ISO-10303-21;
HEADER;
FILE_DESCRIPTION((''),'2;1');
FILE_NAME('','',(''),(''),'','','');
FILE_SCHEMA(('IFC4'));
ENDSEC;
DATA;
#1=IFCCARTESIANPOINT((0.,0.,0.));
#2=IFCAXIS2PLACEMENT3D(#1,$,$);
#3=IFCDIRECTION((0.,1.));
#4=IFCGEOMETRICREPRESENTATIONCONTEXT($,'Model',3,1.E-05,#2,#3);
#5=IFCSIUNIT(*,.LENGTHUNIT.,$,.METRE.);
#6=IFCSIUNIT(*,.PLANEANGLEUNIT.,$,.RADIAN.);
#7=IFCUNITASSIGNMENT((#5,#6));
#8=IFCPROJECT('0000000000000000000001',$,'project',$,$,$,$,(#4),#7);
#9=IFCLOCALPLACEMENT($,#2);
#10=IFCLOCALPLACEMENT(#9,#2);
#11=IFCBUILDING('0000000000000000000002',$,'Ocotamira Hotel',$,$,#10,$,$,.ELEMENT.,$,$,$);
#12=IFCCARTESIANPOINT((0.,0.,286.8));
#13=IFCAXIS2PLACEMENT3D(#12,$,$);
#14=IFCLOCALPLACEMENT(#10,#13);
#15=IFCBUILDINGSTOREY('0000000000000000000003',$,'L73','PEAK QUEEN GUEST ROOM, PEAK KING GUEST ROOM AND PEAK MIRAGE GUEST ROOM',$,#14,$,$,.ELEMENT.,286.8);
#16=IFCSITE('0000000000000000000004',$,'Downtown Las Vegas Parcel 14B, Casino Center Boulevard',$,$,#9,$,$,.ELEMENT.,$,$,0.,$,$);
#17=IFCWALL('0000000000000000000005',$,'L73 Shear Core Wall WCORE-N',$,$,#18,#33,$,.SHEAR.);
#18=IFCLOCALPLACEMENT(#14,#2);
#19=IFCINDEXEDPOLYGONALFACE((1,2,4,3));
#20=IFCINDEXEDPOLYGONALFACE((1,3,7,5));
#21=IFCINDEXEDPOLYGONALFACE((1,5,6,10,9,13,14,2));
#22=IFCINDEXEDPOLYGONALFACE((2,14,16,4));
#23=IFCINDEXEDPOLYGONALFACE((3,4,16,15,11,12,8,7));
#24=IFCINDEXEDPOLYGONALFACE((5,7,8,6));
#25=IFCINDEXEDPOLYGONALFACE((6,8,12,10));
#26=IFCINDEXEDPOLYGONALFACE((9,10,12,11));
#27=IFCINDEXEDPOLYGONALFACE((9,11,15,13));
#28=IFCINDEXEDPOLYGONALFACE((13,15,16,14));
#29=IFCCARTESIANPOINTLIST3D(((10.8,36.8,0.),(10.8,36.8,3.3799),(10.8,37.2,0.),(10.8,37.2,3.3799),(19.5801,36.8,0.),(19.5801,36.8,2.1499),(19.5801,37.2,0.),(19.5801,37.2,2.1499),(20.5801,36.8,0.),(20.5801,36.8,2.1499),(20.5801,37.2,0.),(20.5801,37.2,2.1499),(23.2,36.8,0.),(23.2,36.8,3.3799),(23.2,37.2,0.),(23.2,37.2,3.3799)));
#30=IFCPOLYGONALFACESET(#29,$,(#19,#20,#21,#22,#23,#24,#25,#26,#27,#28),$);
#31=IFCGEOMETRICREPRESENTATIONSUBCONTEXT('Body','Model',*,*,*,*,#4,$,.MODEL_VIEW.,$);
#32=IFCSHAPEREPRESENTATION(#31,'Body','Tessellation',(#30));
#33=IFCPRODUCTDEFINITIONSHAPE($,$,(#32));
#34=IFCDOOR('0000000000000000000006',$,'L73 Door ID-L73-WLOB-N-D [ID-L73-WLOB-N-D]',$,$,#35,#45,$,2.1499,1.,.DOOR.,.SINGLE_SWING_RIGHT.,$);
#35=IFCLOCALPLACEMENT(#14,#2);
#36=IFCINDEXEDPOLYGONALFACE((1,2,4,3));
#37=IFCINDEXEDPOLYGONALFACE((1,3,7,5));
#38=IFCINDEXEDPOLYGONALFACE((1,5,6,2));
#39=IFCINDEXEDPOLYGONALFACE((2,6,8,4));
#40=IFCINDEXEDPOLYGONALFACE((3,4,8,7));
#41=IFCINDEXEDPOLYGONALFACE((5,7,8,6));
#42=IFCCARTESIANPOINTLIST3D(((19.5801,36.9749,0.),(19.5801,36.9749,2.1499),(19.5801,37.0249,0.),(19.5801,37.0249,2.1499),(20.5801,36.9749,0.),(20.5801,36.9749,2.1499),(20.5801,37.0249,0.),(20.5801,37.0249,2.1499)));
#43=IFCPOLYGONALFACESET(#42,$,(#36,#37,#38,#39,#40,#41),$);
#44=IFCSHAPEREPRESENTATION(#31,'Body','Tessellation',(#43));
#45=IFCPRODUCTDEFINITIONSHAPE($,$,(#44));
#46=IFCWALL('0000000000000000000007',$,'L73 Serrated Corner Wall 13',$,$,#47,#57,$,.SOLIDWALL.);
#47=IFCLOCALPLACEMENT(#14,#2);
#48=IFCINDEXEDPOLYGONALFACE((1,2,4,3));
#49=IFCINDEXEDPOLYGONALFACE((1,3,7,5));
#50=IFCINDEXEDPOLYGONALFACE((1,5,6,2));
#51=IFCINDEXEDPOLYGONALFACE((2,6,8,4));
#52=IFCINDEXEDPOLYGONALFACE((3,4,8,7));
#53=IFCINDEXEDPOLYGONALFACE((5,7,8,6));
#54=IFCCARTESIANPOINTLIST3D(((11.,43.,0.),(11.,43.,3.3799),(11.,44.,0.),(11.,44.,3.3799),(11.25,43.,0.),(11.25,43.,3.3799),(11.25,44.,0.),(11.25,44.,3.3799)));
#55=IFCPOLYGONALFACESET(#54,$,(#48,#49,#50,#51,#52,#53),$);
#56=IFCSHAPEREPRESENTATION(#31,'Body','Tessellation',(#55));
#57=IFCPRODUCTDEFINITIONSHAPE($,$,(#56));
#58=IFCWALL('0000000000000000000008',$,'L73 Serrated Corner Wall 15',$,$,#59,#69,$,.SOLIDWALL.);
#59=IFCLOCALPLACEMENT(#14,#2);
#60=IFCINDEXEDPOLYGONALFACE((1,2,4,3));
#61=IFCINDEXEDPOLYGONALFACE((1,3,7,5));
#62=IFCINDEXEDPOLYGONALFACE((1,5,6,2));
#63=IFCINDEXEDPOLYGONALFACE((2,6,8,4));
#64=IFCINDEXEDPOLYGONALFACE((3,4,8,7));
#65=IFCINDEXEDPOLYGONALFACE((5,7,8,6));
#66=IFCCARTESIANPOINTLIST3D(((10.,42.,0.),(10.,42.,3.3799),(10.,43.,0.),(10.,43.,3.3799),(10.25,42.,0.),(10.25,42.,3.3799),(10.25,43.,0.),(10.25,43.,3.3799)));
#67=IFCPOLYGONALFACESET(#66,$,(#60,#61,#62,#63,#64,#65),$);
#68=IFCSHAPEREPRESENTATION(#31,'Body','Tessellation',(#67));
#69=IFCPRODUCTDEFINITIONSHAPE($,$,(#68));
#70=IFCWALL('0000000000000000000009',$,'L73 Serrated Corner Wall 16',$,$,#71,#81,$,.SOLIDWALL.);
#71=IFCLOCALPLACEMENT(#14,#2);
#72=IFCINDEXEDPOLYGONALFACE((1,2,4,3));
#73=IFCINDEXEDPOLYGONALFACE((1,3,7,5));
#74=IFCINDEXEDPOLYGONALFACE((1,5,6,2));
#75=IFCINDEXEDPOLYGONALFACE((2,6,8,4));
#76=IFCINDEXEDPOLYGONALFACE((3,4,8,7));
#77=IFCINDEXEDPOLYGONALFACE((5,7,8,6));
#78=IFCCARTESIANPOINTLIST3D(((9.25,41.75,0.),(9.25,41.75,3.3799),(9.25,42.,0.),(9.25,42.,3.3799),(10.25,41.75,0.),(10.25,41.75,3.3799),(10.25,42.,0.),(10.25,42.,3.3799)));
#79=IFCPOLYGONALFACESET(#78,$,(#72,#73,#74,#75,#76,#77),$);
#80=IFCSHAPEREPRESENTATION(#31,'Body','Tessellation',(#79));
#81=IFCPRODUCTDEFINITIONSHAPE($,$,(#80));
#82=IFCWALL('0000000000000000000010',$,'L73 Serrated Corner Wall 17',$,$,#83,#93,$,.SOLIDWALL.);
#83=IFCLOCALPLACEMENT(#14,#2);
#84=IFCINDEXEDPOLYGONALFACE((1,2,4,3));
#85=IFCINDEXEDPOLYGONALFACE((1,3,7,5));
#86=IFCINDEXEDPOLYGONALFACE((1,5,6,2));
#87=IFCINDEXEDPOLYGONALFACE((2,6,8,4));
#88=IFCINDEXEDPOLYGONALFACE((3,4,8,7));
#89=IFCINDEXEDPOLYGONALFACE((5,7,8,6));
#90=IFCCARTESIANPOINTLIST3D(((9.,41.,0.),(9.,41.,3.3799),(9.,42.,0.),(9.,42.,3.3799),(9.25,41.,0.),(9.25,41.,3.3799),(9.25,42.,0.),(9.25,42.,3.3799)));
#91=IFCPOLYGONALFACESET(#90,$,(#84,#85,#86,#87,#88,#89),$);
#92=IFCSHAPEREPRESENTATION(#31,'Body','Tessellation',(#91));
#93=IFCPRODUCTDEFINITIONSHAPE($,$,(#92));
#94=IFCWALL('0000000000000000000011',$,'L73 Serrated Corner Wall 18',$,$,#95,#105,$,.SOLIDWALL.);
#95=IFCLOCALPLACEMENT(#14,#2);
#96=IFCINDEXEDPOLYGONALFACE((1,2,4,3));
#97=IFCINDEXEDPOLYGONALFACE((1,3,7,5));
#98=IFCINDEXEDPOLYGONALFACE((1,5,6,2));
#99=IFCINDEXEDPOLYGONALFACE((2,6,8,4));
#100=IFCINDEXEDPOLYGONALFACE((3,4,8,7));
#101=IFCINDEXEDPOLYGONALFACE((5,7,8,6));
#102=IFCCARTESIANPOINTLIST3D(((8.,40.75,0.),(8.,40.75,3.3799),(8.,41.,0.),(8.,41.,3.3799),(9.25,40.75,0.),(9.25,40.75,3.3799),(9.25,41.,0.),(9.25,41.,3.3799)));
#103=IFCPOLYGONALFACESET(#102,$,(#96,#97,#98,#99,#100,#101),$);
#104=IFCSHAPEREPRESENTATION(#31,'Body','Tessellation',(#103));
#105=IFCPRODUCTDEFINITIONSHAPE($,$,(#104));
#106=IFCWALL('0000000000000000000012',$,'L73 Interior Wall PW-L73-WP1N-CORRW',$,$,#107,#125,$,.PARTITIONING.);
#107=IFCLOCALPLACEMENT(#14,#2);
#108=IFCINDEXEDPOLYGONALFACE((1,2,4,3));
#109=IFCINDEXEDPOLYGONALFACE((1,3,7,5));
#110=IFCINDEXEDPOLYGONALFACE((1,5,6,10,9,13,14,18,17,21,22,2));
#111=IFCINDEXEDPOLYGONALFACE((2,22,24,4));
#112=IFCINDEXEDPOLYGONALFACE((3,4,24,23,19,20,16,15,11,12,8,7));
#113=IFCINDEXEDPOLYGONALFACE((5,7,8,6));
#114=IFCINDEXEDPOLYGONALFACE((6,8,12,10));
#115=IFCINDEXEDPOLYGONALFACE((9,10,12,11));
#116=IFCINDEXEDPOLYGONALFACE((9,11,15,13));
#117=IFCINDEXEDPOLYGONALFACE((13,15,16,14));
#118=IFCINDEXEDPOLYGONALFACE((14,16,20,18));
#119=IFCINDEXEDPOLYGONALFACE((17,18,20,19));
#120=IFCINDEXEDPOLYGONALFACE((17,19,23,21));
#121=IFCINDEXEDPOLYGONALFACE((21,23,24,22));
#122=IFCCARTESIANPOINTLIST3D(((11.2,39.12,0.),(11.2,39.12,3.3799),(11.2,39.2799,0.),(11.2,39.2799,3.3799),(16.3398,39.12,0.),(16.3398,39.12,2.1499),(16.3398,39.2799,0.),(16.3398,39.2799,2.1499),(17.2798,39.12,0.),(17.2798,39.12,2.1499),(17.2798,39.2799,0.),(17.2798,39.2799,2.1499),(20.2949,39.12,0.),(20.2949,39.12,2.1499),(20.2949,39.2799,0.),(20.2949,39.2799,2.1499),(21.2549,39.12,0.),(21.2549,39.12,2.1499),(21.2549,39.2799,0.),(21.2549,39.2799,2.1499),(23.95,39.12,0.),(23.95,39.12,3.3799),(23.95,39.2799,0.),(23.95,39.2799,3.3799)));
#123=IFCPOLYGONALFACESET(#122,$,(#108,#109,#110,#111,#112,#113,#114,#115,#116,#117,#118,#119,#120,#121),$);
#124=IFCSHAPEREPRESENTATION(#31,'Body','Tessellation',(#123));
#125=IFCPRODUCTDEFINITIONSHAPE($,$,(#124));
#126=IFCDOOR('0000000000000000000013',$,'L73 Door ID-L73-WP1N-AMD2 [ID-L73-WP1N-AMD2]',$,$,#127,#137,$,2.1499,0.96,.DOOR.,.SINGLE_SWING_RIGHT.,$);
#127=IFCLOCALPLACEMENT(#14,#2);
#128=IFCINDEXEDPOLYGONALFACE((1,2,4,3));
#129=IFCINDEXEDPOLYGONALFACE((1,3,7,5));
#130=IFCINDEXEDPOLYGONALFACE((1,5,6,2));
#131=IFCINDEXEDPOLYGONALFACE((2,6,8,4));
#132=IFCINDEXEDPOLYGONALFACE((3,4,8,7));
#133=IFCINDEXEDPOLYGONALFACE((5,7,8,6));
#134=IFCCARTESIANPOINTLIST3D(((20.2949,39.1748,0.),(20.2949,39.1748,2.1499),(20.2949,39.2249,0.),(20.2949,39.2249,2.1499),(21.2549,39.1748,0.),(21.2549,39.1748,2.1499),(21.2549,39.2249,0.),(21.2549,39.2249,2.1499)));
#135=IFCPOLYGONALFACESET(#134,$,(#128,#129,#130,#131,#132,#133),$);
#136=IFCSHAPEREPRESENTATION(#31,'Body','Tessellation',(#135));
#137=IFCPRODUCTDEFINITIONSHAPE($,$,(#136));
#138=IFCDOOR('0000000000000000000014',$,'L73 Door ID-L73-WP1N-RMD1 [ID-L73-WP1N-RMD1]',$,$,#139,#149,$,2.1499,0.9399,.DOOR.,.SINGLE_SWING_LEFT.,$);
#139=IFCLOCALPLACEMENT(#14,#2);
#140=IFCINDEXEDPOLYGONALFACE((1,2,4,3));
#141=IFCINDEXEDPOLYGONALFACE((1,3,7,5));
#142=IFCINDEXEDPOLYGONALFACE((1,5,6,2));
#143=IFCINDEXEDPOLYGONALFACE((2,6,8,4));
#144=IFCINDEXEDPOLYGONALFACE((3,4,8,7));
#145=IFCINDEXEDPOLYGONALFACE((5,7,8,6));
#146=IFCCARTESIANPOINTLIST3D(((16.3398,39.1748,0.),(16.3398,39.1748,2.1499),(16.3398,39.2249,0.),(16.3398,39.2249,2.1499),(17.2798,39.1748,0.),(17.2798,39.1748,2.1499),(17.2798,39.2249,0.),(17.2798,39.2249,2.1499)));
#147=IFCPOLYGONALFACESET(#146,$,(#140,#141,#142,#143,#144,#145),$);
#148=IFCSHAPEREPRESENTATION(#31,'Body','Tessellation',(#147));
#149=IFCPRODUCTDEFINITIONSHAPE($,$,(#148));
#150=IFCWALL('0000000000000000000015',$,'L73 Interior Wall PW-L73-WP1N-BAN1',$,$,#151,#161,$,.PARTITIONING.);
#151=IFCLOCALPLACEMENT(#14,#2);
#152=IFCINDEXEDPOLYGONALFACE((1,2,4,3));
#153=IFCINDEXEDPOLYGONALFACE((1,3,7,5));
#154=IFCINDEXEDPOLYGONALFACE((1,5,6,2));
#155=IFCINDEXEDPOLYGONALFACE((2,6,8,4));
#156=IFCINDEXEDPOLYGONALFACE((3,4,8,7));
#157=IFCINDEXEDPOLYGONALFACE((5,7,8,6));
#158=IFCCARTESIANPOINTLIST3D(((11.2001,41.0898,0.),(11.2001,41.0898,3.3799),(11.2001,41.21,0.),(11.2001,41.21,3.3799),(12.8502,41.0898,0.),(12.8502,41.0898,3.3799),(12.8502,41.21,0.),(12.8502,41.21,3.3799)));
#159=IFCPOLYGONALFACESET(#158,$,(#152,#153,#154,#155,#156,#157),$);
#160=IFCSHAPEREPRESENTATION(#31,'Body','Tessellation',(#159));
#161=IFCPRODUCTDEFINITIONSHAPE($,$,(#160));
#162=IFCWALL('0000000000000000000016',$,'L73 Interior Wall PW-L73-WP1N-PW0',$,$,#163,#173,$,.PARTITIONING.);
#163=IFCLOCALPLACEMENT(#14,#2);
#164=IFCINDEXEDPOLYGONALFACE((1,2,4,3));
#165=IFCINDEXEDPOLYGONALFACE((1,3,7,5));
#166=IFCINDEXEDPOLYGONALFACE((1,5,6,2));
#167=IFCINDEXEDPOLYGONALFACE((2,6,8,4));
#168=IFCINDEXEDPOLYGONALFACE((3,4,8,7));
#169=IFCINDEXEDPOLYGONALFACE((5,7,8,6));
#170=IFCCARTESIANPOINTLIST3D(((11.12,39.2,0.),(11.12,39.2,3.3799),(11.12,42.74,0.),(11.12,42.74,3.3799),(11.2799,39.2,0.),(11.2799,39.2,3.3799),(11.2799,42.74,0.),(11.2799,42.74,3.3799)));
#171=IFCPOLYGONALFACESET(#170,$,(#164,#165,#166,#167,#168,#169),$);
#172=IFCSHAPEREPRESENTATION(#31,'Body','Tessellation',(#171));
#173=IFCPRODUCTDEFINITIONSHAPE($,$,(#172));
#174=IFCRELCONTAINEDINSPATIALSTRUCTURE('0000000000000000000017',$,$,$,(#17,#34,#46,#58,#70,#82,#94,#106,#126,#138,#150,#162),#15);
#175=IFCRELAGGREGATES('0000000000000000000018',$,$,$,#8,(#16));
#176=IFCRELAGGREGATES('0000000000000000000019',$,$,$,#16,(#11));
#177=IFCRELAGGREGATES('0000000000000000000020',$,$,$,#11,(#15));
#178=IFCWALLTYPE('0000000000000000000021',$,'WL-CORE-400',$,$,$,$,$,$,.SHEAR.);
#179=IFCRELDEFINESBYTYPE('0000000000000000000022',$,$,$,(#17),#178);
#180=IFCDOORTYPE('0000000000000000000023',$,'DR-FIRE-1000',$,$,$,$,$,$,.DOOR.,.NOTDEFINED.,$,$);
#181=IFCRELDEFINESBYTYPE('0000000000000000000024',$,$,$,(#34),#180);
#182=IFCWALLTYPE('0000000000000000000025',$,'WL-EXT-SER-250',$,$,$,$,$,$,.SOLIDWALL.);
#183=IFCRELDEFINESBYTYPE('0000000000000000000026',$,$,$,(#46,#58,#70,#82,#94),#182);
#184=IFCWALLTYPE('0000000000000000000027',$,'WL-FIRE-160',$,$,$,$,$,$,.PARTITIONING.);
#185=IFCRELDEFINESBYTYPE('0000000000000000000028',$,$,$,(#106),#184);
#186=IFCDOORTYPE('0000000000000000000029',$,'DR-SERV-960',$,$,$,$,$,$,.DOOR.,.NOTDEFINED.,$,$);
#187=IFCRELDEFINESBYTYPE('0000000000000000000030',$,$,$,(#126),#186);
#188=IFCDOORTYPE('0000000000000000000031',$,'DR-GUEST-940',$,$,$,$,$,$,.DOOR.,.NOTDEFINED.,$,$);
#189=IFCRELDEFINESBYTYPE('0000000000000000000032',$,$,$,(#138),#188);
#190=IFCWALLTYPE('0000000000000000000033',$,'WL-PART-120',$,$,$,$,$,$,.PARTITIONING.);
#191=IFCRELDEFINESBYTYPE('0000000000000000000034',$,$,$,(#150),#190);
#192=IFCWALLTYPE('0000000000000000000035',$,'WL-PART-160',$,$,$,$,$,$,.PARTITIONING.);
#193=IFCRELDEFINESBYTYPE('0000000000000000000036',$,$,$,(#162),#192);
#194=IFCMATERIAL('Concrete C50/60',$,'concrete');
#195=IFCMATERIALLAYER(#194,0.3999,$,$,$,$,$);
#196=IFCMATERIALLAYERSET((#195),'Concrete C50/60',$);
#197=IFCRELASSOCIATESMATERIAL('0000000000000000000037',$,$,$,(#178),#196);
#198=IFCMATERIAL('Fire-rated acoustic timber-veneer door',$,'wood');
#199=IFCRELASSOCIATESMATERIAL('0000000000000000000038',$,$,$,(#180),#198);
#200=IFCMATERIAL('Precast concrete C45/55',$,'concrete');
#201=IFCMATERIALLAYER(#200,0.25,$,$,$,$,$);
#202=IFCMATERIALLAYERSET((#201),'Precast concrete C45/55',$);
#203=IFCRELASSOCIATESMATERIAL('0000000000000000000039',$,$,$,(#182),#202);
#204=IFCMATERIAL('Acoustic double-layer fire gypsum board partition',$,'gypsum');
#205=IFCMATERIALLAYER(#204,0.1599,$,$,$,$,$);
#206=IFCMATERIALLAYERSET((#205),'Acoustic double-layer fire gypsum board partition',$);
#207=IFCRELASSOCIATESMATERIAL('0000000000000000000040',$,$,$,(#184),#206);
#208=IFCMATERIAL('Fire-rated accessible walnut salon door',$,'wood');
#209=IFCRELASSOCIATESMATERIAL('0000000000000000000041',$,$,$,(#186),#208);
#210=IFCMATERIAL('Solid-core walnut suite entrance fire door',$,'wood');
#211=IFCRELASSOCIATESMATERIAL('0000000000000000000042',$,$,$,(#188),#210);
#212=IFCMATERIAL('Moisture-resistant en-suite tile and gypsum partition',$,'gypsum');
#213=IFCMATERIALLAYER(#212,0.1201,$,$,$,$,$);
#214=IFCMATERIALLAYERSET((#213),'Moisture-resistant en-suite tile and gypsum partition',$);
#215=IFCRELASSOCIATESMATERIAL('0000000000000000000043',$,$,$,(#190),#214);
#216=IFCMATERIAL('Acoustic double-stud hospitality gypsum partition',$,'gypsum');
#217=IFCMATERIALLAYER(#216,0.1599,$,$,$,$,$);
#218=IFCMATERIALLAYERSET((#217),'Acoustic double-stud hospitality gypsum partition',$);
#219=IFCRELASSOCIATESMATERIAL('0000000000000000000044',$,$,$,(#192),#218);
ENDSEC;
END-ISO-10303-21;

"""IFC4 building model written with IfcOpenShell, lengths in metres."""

from ifc_helpers import new_model, si_unit, direction, frame, frame_2d, origin, place, context, subcontext, project, spatial, rectangle, extrude, source, transform, mapped, material, layer, layer_set, type_object, element, fill, save


model = new_model("IFC4")

# Units and contexts
model_context = context("Model", 3, precision=1e-05, world=origin(), true_north=direction((0.0, 1.0)))
body_context = subcontext(model_context, "Body", "Model", "MODEL_VIEW")
ifc_project = project(units=[si_unit("LENGTHUNIT", "METRE"), si_unit("PLANEANGLEUNIT", "RADIAN")], contexts=[model_context])

# Site, building, storey
site_placement = place(None, origin())
site = spatial("IfcSite", under=ifc_project, at=site_placement, Name="Downtown Las Vegas Parcel 14B, Casino Center Boulevard", CompositionType="ELEMENT", RefElevation=0.0)
building_placement = place(site_placement, origin())
building = spatial("IfcBuilding", under=site, at=building_placement, Name="Ocotamira Hotel", CompositionType="ELEMENT")
storey_placement = place(building_placement, frame((0.0, 0.0, 286.8)))
storey = spatial("IfcBuildingStorey", under=building, at=storey_placement, Name="L73", Description="PEAK QUEEN GUEST ROOM, PEAK KING GUEST ROOM AND PEAK MIRAGE GUEST ROOM", CompositionType="ELEMENT", Elevation=286.8)

# Wall, opening, door
ifc_material_1 = material(Name="Concrete C50/60", Category="concrete")
ifc_layer_1 = layer(ifc_material_1, 0.3999)
ifc_layer_set_1 = layer_set([ifc_layer_1], Name="Concrete C50/60")
wall_type_1 = type_object("IfcWallType", Name="WL-CORE-400", PredefinedType="SHEAR", material=ifc_layer_set_1)
wall_1_placement = place(storey_placement, frame((10.8, 37.0, 0.0), z_axis=(0.0, 0.0, 1.0), x_axis=(1.0, 0.0, 0.0)))
wall_1 = element("IfcWall", 1, at=wall_1_placement, inside=storey, type_object=wall_type_1, Name="L73 Shear Core Wall WCORE-N", PredefinedType="SHEAR", context=body_context, shape_type="SweptSolid", body=[
    extrude(rectangle(XDim=12.3999, YDim=0.3999, at=frame_2d((6.2, 0.0))), origin(), (0.0, 0.0, 1.0), 3.3799),
])
opening_1_placement = place(wall_1_placement, frame((8.78, 0.0, 0.0)))
opening_1 = element("IfcOpeningElement", 2, at=opening_1_placement, cuts=wall_1, PredefinedType="OPENING", context=body_context, shape_type="SweptSolid", body=[
    extrude(rectangle(XDim=1.0, YDim=2.1499, at=frame_2d((0.5, 1.075))), frame((0.0, 0.21, 0.0), z_axis=(0.0, -1.0, 0.0), x_axis=(1.0, 0.0, 0.0)), (0.0, 0.0, 1.0), 0.4199),
])
ifc_material_2 = material(Name="Fire-rated acoustic timber-veneer door", Category="wood")
door_type_1 = type_object("IfcDoorType", Name="DR-FIRE-1000", OperationType="NOTDEFINED", PredefinedType="DOOR", material=ifc_material_2)
shared_shape_1 = source(origin(), body_context, "Body", "SweptSolid", [
    extrude(rectangle(XDim=1.0, YDim=2.1499, at=frame_2d((0.5, 1.075))), frame((0.0, 0.0249, 0.0), z_axis=(0.0, -1.0, 0.0), x_axis=(1.0, 0.0, 0.0)), (0.0, 0.0, 1.0), 0.05),
])
door_1_placement = place(opening_1_placement, origin())
door_1 = element("IfcDoor", 3, at=door_1_placement, inside=storey, type_object=door_type_1, Name="L73 Door ID-L73-WLOB-N-D [ID-L73-WLOB-N-D]", OperationType="SINGLE_SWING_RIGHT", OverallHeight=2.1499, OverallWidth=1.0, PredefinedType="DOOR", context=body_context, shape_type="MappedRepresentation", body=[
    mapped(shared_shape_1, transform((0.0, 0.0, 0.0), scale=1.0)),
])
fill(opening_1, door_1)

# Walls
ifc_material_3 = material(Name="Precast concrete C45/55", Category="concrete")
ifc_layer_2 = layer(ifc_material_3, 0.25)
ifc_layer_set_2 = layer_set([ifc_layer_2], Name="Precast concrete C45/55")
wall_type_2 = type_object("IfcWallType", Name="WL-EXT-SER-250", PredefinedType="SOLIDWALL", material=ifc_layer_set_2)
for number, where, z_axis, x_axis, name in (
    (4, (11.125, 44.0, 0.0), (0.0, 0.0, 1.0), (0.0, -1.0, 0.0), "L73 Serrated Corner Wall 13"),
    (5, (10.125, 43.0, 0.0), (0.0, 0.0, 1.0), (0.0, -1.0, 0.0), "L73 Serrated Corner Wall 15"),
    (6, (10.25, 41.875, 0.0), (0.0, 0.0, 1.0), (-1.0, 0.0, 0.0), "L73 Serrated Corner Wall 16"),
    (7, (9.125, 42.0, 0.0), (0.0, 0.0, 1.0), (0.0, -1.0, 0.0), "L73 Serrated Corner Wall 17"),
):
    element("IfcWall", number, at=place(storey_placement, frame(where, z_axis=z_axis, x_axis=x_axis)), inside=storey, type_object=wall_type_2, Name=name, PredefinedType="SOLIDWALL", context=body_context, shape_type="SweptSolid", body=[
        extrude(rectangle(XDim=1.0, YDim=0.25, at=frame_2d((0.5, 0.0))), origin(), (0.0, 0.0, 1.0), 3.3799),
    ])
wall_2_placement = place(storey_placement, frame((9.25, 40.875, 0.0), z_axis=(0.0, 0.0, 1.0), x_axis=(-1.0, 0.0, 0.0)))
element("IfcWall", 8, at=wall_2_placement, inside=storey, type_object=wall_type_2, Name="L73 Serrated Corner Wall 18", PredefinedType="SOLIDWALL", context=body_context, shape_type="SweptSolid", body=[
    extrude(rectangle(XDim=1.25, YDim=0.25, at=frame_2d((0.625, 0.0))), origin(), (0.0, 0.0, 1.0), 3.3799),
])

# Wall, openings, doors
ifc_material_4 = material(Name="Acoustic double-layer fire gypsum board partition", Category="gypsum")
ifc_layer_3 = layer(ifc_material_4, 0.1599)
ifc_layer_set_3 = layer_set([ifc_layer_3], Name="Acoustic double-layer fire gypsum board partition")
wall_type_3 = type_object("IfcWallType", Name="WL-FIRE-160", PredefinedType="PARTITIONING", material=ifc_layer_set_3)
wall_3_placement = place(storey_placement, frame((11.2, 39.2, 0.0), z_axis=(0.0, 0.0, 1.0), x_axis=(1.0, 0.0, 0.0)))
wall_3 = element("IfcWall", 9, at=wall_3_placement, inside=storey, type_object=wall_type_3, Name="L73 Interior Wall PW-L73-WP1N-CORRW", PredefinedType="PARTITIONING", context=body_context, shape_type="SweptSolid", body=[
    extrude(rectangle(XDim=12.75, YDim=0.1599, at=frame_2d((6.375, 0.0))), origin(), (0.0, 0.0, 1.0), 3.3799),
])
opening_2_placement = place(wall_3_placement, frame((5.1399, 0.0, 0.0)))
opening_2 = element("IfcOpeningElement", 10, at=opening_2_placement, cuts=wall_3, PredefinedType="OPENING", context=body_context, shape_type="SweptSolid", body=[
    extrude(rectangle(XDim=0.9399, YDim=2.1499, at=frame_2d((0.47, 1.075))), frame((0.0, 0.0898, 0.0), z_axis=(0.0, -1.0, 0.0), x_axis=(1.0, 0.0, 0.0)), (0.0, 0.0, 1.0), 0.1799),
])
opening_3_placement = place(wall_3_placement, frame((9.095, 0.0, 0.0)))
opening_3 = element("IfcOpeningElement", 11, at=opening_3_placement, cuts=wall_3, PredefinedType="OPENING", context=body_context, shape_type="SweptSolid", body=[
    extrude(rectangle(XDim=0.96, YDim=2.1499, at=frame_2d((0.48, 1.075))), frame((0.0, 0.0898, 0.0), z_axis=(0.0, -1.0, 0.0), x_axis=(1.0, 0.0, 0.0)), (0.0, 0.0, 1.0), 0.1799),
])
ifc_material_5 = material(Name="Fire-rated accessible walnut salon door", Category="wood")
door_type_2 = type_object("IfcDoorType", Name="DR-SERV-960", OperationType="NOTDEFINED", PredefinedType="DOOR", material=ifc_material_5)
shared_shape_2 = source(origin(), body_context, "Body", "SweptSolid", [
    extrude(rectangle(XDim=0.96, YDim=2.1499, at=frame_2d((0.48, 1.075))), frame((0.0, 0.0249, 0.0), z_axis=(0.0, -1.0, 0.0), x_axis=(1.0, 0.0, 0.0)), (0.0, 0.0, 1.0), 0.05),
])
door_2_placement = place(opening_3_placement, origin())
door_2 = element("IfcDoor", 12, at=door_2_placement, inside=storey, type_object=door_type_2, Name="L73 Door ID-L73-WP1N-AMD2 [ID-L73-WP1N-AMD2]", OperationType="SINGLE_SWING_RIGHT", OverallHeight=2.1499, OverallWidth=0.96, PredefinedType="DOOR", context=body_context, shape_type="MappedRepresentation", body=[
    mapped(shared_shape_2, transform((0.0, 0.0, 0.0), scale=1.0)),
])
fill(opening_3, door_2)
ifc_material_6 = material(Name="Solid-core walnut suite entrance fire door", Category="wood")
door_type_3 = type_object("IfcDoorType", Name="DR-GUEST-940", OperationType="NOTDEFINED", PredefinedType="DOOR", material=ifc_material_6)
shared_shape_3 = source(origin(), body_context, "Body", "SweptSolid", [
    extrude(rectangle(XDim=0.9399, YDim=2.1499, at=frame_2d((0.47, 1.075))), frame((0.0, 0.0249, 0.0), z_axis=(0.0, -1.0, 0.0), x_axis=(1.0, 0.0, 0.0)), (0.0, 0.0, 1.0), 0.05),
])
door_3_placement = place(opening_2_placement, origin())
door_3 = element("IfcDoor", 13, at=door_3_placement, inside=storey, type_object=door_type_3, Name="L73 Door ID-L73-WP1N-RMD1 [ID-L73-WP1N-RMD1]", OperationType="SINGLE_SWING_LEFT", OverallHeight=2.1499, OverallWidth=0.9399, PredefinedType="DOOR", context=body_context, shape_type="MappedRepresentation", body=[
    mapped(shared_shape_3, transform((0.0, 0.0, 0.0), scale=1.0)),
])
fill(opening_2, door_3)

# Wall
ifc_material_7 = material(Name="Moisture-resistant en-suite tile and gypsum partition", Category="gypsum")
ifc_layer_4 = layer(ifc_material_7, 0.1201)
ifc_layer_set_4 = layer_set([ifc_layer_4], Name="Moisture-resistant en-suite tile and gypsum partition")
wall_type_4 = type_object("IfcWallType", Name="WL-PART-120", PredefinedType="PARTITIONING", material=ifc_layer_set_4)
wall_4_placement = place(storey_placement, frame((11.2, 41.1499, 0.0), z_axis=(0.0, 0.0, 1.0), x_axis=(1.0, 0.0, 0.0)))
element("IfcWall", 14, at=wall_4_placement, inside=storey, type_object=wall_type_4, Name="L73 Interior Wall PW-L73-WP1N-BAN1", PredefinedType="PARTITIONING", context=body_context, shape_type="SweptSolid", body=[
    extrude(rectangle(XDim=1.6501, YDim=0.1201, at=frame_2d((0.8252, 0.0))), origin(), (0.0, 0.0, 1.0), 3.3799),
])

# Wall
ifc_material_8 = material(Name="Acoustic double-stud hospitality gypsum partition", Category="gypsum")
ifc_layer_5 = layer(ifc_material_8, 0.1599)
ifc_layer_set_5 = layer_set([ifc_layer_5], Name="Acoustic double-stud hospitality gypsum partition")
wall_type_5 = type_object("IfcWallType", Name="WL-PART-160", PredefinedType="PARTITIONING", material=ifc_layer_set_5)
wall_5_placement = place(storey_placement, frame((11.2, 39.2, 0.0), z_axis=(0.0, 0.0, 1.0), x_axis=(0.0, 1.0, 0.0)))
element("IfcWall", 15, at=wall_5_placement, inside=storey, type_object=wall_type_5, Name="L73 Interior Wall PW-L73-WP1N-PW0", PredefinedType="PARTITIONING", context=body_context, shape_type="SweptSolid", body=[
    extrude(rectangle(XDim=3.54, YDim=0.1599, at=frame_2d((1.77, 0.0))), origin(), (0.0, 0.0, 1.0), 3.3799),
])

save(model, "model.ifc")
